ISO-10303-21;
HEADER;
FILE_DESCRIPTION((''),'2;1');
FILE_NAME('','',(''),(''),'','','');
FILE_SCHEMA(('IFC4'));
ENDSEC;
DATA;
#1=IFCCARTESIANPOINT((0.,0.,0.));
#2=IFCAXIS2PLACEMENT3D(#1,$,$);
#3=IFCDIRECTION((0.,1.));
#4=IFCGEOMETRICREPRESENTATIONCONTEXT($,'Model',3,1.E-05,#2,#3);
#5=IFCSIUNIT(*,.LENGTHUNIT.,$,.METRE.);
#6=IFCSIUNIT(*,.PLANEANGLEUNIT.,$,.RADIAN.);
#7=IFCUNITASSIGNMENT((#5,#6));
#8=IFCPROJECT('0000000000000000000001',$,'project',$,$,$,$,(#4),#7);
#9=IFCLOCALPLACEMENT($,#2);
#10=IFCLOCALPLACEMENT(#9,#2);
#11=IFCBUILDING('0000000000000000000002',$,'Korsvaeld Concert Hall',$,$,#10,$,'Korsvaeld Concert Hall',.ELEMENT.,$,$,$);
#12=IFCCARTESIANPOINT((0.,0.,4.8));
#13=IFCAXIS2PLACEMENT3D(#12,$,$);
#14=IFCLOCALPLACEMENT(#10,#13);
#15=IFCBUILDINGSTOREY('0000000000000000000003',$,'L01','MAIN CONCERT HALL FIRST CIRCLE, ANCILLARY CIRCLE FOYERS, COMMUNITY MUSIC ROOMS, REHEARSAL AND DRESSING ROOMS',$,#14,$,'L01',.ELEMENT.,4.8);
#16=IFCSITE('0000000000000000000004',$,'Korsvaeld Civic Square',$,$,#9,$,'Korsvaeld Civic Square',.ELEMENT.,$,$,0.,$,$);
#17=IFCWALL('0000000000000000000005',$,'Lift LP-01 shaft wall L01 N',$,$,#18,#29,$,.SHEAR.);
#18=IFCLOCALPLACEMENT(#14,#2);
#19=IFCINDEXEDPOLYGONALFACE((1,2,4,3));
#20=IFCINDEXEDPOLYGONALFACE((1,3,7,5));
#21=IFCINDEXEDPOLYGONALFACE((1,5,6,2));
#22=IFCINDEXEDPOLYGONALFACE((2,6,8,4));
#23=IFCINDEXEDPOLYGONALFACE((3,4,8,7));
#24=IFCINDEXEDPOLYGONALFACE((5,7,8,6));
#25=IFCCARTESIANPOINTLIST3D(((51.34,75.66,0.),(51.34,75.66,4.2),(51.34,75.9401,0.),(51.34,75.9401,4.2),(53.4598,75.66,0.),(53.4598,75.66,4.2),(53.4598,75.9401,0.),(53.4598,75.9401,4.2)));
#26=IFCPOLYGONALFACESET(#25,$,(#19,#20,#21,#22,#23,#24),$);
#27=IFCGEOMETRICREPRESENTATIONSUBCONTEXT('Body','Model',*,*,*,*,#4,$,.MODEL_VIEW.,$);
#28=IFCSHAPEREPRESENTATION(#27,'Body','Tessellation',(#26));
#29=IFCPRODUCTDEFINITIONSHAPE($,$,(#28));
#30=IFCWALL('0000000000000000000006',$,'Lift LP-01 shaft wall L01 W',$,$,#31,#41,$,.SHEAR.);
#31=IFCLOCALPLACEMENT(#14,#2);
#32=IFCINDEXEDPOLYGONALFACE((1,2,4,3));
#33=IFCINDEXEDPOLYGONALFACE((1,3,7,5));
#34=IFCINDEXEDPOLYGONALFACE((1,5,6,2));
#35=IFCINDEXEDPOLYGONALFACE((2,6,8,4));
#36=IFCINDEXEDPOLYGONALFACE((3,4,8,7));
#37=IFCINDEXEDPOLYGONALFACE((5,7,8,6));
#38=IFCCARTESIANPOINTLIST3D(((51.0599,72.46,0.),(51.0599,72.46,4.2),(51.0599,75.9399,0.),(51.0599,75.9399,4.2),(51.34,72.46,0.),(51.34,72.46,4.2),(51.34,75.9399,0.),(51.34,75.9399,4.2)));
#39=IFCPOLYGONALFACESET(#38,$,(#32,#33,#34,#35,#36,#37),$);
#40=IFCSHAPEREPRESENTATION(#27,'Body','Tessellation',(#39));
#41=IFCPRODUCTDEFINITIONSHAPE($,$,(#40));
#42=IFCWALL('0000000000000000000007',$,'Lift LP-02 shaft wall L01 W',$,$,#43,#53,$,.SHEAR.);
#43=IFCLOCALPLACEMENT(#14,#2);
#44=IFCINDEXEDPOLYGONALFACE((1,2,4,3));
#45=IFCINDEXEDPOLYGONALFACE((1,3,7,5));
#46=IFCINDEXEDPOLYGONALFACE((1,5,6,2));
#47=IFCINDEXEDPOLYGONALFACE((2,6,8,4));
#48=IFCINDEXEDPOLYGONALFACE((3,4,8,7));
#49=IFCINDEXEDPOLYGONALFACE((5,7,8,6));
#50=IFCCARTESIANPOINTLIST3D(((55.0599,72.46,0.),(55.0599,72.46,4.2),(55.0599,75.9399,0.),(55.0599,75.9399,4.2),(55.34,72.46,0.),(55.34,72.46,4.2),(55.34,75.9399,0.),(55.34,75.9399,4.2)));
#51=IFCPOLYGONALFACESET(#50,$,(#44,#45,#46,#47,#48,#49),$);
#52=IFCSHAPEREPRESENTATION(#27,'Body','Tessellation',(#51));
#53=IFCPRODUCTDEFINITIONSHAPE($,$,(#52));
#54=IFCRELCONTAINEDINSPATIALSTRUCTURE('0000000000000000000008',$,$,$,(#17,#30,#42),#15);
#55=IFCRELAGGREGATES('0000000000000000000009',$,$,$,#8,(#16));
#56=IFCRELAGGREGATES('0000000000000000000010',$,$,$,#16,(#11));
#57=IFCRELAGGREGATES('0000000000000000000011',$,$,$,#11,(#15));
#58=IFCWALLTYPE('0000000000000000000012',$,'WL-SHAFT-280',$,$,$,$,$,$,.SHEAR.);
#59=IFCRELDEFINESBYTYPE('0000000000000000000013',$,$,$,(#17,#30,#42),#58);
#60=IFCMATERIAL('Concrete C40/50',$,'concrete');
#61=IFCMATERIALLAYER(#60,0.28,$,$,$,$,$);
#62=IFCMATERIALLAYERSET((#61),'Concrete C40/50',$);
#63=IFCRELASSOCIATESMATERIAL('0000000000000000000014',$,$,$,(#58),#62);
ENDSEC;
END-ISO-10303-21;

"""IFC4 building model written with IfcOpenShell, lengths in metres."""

from ifc_helpers import new_model, si_unit, direction, frame, frame_2d, origin, place, context, subcontext, project, spatial, rectangle, extrude, material, layer, layer_set, type_object, element, save


model = new_model("IFC4")

# Units and contexts
model_context = context("Model", 3, precision=1e-05, world=origin(), true_north=direction((0.0, 1.0)))
body_context = subcontext(model_context, "Body", "Model", "MODEL_VIEW")
ifc_project = project(units=[si_unit("LENGTHUNIT", "METRE"), si_unit("PLANEANGLEUNIT", "RADIAN")], contexts=[model_context])

# Site, building, storey
site_placement = place(None, origin())
site = spatial("IfcSite", under=ifc_project, at=site_placement, Name="Korsvaeld Civic Square", LongName="Korsvaeld Civic Square", CompositionType="ELEMENT", RefElevation=0.0)
building_placement = place(site_placement, origin())
building = spatial("IfcBuilding", under=site, at=building_placement, Name="Korsvaeld Concert Hall", LongName="Korsvaeld Concert Hall", CompositionType="ELEMENT")
storey_placement = place(building_placement, frame((0.0, 0.0, 4.8)))
storey = spatial("IfcBuildingStorey", under=building, at=storey_placement, Name="L01", Description="MAIN CONCERT HALL FIRST CIRCLE, ANCILLARY CIRCLE FOYERS, COMMUNITY MUSIC ROOMS, REHEARSAL AND DRESSING ROOMS", LongName="L01", CompositionType="ELEMENT", Elevation=4.8)

# Shared definitions
ifc_material_1 = material(Name="Concrete C40/50", Category="concrete")

# Shared definitions
ifc_layer_1 = layer(ifc_material_1, 0.28)
ifc_layer_set_1 = layer_set([ifc_layer_1], Name="Concrete C40/50")
wall_type_1 = type_object("IfcWallType", Name="WL-SHAFT-280", PredefinedType="SHEAR", material=ifc_layer_set_1)

# Walls
wall_1_placement = place(storey_placement, frame((53.46, 75.8, 0.0), z_axis=(0.0, 0.0, 1.0), x_axis=(-1.0, 0.0, 0.0)))
element("IfcWall", 1, at=wall_1_placement, inside=storey, type_object=wall_type_1, Name="Lift LP-01 shaft wall L01 N", PredefinedType="SHEAR", context=body_context, shape_type="SweptSolid", body=[
    extrude(rectangle(XDim=2.1199, YDim=0.28, at=frame_2d((1.0601, 0.0))), origin(), (0.0, 0.0, 1.0), 4.2),
])
wall_2_placement = place(storey_placement, frame((51.2, 75.9399, 0.0), z_axis=(0.0, 0.0, 1.0), x_axis=(0.0, -1.0, 0.0)))
element("IfcWall", 2, at=wall_2_placement, inside=storey, type_object=wall_type_1, Name="Lift LP-01 shaft wall L01 W", PredefinedType="SHEAR", context=body_context, shape_type="SweptSolid", body=[
    extrude(rectangle(XDim=3.48, YDim=0.28, at=frame_2d((1.74, 0.0))), origin(), (0.0, 0.0, 1.0), 4.2),
])

# Wall
wall_3_placement = place(storey_placement, frame((55.2, 75.9399, 0.0), z_axis=(0.0, 0.0, 1.0), x_axis=(0.0, -1.0, 0.0)))
element("IfcWall", 3, at=wall_3_placement, inside=storey, type_object=wall_type_1, Name="Lift LP-02 shaft wall L01 W", PredefinedType="SHEAR", context=body_context, shape_type="SweptSolid", body=[
    extrude(rectangle(XDim=3.48, YDim=0.28, at=frame_2d((1.74, 0.0))), origin(), (0.0, 0.0, 1.0), 4.2),
])

save(model, "model.ifc")
